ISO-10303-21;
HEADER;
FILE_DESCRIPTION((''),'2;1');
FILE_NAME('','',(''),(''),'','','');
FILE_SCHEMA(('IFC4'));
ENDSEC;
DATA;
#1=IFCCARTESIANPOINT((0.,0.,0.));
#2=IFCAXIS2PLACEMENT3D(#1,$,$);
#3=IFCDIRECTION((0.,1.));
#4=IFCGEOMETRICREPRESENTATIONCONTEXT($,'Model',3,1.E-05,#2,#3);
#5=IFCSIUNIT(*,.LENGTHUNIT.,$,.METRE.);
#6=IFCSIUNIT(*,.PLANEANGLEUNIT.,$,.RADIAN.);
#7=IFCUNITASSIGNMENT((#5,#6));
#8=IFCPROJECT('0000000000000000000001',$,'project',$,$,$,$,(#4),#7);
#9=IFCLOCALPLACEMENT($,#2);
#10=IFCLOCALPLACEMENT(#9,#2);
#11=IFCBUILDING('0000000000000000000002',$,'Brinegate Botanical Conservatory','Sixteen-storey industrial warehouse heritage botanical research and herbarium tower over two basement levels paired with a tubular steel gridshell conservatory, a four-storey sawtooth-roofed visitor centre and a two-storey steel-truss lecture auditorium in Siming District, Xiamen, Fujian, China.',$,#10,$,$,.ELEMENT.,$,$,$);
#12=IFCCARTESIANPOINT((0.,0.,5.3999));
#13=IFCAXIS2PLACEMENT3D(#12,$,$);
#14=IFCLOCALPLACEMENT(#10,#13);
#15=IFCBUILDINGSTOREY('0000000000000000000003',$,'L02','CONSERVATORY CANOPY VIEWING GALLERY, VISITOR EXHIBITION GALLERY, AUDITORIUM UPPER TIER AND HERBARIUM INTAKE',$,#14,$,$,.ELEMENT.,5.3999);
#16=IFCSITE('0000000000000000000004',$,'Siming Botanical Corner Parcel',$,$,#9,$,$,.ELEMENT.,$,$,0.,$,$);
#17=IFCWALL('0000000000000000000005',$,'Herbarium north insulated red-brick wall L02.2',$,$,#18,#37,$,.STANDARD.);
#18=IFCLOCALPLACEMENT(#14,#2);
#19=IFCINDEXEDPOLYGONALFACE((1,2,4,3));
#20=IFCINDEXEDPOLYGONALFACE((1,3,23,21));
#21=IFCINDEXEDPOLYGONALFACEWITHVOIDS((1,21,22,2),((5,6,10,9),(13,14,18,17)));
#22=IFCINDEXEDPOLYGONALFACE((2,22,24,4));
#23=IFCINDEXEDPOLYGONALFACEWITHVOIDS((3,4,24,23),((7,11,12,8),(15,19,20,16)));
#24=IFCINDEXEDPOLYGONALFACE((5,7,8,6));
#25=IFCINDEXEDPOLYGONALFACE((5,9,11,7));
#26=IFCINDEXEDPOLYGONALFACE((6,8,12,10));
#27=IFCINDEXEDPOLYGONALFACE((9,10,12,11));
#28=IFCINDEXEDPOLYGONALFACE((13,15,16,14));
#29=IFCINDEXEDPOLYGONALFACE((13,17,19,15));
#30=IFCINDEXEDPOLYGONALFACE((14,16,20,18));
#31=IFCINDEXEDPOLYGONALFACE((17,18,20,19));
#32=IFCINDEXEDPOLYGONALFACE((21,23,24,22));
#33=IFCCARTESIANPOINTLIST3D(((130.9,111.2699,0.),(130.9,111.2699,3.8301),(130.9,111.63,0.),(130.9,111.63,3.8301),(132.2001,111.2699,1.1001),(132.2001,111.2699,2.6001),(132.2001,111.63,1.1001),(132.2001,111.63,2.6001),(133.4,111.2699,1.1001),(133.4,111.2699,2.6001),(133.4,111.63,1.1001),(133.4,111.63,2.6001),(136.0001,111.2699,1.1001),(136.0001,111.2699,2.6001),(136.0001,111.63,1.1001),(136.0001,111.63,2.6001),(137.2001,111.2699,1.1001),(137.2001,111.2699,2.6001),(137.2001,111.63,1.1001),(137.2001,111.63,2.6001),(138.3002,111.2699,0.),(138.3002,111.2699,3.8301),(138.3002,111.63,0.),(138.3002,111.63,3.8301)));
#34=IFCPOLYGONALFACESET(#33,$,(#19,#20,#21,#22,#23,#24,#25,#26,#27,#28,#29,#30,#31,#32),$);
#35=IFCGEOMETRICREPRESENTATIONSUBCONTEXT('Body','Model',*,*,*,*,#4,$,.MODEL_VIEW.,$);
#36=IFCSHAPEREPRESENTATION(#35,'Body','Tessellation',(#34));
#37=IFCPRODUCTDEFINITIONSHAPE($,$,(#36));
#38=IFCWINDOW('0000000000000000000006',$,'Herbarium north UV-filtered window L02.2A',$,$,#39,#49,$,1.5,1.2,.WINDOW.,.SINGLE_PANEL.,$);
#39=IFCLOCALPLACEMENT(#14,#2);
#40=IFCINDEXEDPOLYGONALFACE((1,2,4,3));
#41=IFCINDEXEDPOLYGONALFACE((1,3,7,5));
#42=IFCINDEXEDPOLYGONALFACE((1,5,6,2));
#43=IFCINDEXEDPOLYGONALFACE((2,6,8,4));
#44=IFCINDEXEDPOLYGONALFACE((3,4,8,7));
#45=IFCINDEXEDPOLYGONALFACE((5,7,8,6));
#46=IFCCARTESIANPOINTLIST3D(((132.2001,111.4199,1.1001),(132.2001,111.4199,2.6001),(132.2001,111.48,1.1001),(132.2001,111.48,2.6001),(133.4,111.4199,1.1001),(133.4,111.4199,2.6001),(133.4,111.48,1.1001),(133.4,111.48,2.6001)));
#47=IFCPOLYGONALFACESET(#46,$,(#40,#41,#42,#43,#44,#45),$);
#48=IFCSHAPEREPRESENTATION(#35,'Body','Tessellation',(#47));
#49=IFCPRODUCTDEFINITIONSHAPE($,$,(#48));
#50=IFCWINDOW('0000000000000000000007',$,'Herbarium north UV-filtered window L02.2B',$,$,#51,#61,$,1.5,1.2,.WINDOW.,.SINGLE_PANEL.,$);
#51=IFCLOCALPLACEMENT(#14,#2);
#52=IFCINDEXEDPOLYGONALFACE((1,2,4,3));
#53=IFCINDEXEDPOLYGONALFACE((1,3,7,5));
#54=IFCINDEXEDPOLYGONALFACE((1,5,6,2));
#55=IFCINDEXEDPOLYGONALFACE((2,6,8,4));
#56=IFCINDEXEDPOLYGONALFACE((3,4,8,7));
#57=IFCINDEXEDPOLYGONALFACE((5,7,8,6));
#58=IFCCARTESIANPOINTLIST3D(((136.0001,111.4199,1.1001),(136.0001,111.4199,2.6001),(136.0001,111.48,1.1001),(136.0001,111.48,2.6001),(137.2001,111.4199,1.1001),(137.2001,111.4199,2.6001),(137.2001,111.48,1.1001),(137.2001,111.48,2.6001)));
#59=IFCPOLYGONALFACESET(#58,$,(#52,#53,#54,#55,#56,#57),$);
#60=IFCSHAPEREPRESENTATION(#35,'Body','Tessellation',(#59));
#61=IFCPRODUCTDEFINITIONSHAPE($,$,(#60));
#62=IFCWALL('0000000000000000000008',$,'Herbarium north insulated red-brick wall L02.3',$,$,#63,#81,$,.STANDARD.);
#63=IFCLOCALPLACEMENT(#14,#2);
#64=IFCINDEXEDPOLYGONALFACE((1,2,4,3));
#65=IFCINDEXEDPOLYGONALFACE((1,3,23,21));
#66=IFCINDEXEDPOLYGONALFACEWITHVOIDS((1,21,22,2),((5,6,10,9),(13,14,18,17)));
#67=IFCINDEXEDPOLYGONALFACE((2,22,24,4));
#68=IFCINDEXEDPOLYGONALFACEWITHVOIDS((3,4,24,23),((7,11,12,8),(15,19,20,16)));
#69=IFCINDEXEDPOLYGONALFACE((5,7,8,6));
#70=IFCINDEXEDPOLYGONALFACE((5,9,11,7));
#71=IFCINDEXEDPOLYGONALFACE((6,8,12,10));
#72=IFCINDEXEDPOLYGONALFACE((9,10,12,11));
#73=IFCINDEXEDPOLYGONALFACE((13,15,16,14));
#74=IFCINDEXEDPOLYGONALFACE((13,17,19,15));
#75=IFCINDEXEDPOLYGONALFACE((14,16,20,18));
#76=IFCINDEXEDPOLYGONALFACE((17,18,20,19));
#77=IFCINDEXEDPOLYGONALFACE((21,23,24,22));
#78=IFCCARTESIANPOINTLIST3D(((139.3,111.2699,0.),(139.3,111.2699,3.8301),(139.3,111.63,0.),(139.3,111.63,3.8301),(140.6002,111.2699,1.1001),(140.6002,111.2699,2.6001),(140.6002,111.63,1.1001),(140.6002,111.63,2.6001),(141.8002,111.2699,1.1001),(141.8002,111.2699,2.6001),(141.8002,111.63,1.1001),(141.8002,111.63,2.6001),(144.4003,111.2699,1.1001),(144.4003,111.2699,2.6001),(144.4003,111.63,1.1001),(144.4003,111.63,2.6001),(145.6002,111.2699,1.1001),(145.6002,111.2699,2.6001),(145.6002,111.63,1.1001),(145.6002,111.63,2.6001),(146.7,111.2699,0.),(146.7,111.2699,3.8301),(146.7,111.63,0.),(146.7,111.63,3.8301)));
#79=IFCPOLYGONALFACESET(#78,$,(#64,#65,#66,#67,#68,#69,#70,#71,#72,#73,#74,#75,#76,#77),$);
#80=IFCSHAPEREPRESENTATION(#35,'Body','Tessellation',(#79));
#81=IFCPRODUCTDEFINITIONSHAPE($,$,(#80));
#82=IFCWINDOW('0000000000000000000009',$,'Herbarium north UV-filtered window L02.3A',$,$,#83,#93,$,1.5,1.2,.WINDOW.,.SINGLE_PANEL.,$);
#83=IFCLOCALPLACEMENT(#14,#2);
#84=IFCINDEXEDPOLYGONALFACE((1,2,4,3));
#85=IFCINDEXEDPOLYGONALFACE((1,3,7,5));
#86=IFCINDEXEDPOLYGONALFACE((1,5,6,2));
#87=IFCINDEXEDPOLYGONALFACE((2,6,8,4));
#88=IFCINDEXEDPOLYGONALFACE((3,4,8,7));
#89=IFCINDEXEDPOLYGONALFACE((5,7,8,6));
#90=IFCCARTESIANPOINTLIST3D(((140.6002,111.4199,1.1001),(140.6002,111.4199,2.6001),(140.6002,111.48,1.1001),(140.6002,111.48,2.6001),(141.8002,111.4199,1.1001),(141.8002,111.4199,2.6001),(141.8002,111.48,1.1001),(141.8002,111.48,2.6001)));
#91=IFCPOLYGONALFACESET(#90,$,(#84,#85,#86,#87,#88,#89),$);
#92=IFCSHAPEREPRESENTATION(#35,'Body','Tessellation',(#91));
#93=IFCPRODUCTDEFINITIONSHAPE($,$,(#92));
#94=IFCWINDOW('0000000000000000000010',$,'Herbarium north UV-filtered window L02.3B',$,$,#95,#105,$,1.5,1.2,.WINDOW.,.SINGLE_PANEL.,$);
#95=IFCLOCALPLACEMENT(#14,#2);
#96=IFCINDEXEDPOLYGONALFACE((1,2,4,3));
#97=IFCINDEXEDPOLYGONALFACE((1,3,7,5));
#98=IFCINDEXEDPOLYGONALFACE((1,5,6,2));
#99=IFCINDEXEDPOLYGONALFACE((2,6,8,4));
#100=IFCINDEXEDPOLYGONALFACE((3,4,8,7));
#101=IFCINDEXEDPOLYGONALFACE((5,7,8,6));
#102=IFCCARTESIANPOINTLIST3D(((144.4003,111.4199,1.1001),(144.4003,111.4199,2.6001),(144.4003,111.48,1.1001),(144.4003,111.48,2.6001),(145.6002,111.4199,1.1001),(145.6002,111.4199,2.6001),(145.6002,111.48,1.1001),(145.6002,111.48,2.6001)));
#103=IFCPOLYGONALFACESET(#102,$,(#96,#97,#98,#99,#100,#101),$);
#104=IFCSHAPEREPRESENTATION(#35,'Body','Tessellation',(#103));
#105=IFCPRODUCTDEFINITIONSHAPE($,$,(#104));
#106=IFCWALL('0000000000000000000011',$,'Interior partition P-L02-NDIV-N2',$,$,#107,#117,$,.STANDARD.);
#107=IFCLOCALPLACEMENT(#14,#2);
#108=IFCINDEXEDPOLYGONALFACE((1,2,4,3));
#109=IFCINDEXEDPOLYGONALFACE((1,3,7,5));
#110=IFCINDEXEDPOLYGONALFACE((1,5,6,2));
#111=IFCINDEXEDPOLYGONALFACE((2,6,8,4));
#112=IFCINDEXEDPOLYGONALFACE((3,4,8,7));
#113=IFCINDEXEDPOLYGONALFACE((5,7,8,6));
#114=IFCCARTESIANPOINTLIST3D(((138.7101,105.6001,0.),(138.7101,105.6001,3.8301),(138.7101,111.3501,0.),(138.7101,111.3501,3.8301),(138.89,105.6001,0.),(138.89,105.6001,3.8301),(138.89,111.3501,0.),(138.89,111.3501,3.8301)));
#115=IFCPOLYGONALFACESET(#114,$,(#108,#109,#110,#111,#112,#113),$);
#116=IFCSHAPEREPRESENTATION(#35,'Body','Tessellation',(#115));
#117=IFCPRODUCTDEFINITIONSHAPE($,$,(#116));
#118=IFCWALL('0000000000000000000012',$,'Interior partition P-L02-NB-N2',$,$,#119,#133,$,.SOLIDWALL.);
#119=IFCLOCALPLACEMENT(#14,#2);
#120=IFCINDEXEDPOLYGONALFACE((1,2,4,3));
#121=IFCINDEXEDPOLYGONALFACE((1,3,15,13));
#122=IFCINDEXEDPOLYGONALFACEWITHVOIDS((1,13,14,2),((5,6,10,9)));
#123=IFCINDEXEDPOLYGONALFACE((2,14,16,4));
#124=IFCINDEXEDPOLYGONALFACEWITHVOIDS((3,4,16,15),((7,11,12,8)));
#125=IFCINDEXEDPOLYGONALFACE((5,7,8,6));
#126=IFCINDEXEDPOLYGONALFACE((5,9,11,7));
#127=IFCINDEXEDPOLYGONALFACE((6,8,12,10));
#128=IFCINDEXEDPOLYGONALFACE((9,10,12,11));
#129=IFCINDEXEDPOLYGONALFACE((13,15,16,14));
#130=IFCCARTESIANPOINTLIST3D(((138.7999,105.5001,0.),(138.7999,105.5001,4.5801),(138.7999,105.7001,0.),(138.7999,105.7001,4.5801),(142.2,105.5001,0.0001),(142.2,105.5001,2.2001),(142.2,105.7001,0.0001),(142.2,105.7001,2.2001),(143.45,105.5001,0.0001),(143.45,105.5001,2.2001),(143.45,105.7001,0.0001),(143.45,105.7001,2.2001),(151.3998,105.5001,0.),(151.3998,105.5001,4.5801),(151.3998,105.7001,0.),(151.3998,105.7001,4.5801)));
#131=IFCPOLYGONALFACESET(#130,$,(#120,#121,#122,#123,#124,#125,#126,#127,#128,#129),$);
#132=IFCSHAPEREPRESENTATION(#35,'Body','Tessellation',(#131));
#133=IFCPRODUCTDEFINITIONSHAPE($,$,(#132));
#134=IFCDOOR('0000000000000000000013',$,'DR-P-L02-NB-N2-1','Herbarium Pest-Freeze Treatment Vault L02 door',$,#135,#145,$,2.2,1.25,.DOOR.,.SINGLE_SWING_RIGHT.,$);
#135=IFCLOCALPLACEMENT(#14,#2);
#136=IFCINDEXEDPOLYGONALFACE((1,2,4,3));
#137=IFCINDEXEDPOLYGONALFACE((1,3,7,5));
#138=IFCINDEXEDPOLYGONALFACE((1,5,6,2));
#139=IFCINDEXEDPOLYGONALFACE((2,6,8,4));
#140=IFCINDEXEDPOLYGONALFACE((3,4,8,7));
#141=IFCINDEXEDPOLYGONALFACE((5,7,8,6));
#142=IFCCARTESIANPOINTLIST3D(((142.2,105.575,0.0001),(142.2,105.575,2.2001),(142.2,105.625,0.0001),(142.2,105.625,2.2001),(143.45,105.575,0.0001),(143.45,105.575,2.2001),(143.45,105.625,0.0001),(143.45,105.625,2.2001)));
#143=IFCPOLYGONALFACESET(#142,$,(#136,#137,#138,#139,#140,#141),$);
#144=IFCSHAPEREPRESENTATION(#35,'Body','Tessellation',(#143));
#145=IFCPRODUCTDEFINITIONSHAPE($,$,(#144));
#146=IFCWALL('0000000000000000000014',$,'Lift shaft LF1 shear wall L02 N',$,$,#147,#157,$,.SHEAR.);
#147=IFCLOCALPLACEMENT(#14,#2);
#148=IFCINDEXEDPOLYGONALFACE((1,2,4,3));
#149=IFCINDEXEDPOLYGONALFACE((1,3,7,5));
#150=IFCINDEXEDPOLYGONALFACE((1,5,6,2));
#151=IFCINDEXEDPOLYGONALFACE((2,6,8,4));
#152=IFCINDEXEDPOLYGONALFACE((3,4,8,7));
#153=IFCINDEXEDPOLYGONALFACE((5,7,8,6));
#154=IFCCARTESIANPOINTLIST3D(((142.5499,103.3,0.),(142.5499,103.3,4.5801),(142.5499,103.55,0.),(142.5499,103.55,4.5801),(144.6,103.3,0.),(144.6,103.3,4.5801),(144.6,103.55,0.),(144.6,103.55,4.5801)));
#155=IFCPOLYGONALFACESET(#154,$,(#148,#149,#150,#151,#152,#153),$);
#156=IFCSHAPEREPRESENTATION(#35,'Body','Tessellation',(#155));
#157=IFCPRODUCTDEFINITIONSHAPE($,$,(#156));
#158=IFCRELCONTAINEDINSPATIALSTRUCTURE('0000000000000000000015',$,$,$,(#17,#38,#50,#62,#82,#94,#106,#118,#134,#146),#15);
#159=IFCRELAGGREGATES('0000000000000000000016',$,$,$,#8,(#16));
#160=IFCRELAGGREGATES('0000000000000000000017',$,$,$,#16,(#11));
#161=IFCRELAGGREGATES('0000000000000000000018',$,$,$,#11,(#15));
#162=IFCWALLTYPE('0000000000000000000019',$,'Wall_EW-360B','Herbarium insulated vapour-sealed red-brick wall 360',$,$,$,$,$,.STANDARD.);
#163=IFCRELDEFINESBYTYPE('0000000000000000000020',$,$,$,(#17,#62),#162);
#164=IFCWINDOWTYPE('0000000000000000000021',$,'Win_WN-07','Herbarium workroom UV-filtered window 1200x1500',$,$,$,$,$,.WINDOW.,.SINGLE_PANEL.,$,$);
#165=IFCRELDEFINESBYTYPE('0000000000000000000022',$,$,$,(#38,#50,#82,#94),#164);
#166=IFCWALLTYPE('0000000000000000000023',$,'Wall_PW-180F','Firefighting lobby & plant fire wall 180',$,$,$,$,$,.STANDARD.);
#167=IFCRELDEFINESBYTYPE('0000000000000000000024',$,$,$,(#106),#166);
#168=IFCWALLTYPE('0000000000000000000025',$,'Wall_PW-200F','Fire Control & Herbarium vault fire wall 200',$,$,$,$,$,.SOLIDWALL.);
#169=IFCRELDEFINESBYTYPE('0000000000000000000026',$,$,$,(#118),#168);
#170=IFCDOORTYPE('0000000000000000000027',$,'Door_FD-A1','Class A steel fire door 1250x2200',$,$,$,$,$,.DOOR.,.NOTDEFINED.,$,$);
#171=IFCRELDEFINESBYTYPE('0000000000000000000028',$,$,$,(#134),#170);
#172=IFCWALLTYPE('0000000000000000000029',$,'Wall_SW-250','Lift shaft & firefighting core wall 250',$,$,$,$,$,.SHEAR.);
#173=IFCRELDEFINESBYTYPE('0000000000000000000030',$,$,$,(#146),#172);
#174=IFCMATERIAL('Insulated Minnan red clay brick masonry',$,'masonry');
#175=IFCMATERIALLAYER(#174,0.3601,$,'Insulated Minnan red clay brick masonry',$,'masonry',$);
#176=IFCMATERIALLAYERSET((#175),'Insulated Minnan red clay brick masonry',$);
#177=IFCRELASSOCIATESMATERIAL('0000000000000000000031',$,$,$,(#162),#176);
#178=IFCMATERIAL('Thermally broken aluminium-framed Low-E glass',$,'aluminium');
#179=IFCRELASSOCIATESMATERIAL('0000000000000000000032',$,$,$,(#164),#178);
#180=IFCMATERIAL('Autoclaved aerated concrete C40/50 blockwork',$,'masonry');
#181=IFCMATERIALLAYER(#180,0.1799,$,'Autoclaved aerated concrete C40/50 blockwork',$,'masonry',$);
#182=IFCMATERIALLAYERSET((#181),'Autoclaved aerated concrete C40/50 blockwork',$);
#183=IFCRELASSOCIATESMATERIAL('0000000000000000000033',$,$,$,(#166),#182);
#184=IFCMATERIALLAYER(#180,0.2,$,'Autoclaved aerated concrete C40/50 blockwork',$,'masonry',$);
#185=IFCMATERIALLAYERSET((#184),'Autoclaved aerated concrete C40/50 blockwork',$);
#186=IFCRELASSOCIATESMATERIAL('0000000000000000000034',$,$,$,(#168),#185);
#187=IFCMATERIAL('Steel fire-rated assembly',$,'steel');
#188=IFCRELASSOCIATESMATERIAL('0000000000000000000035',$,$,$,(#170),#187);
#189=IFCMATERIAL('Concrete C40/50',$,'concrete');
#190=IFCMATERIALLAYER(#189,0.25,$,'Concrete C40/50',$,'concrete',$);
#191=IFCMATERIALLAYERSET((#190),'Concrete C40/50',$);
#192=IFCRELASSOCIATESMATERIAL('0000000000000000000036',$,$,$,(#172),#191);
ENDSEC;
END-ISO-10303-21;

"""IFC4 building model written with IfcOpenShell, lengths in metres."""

from ifc_helpers import new_model, si_unit, direction, frame, frame_2d, origin, place, context, subcontext, project, spatial, rectangle, extrude, material, layer, layer_set, type_object, element, fill, save


model = new_model("IFC4")

# Units and contexts
model_context = context("Model", 3, precision=1e-05, world=origin(), true_north=direction((0.0, 1.0)))
body_context = subcontext(model_context, "Body", "Model", "MODEL_VIEW")
ifc_project = project(units=[si_unit("LENGTHUNIT", "METRE"), si_unit("PLANEANGLEUNIT", "RADIAN")], contexts=[model_context])

# Site, building, storey
site_placement = place(None, origin())
site = spatial("IfcSite", under=ifc_project, at=site_placement, Name="Siming Botanical Corner Parcel", CompositionType="ELEMENT", RefElevation=0.0)
building_placement = place(site_placement, origin())
building = spatial("IfcBuilding", under=site, at=building_placement, Name="Brinegate Botanical Conservatory", Description="Sixteen-storey industrial warehouse heritage botanical research and herbarium tower over two basement levels paired with a tubular steel gridshell conservatory, a four-storey sawtooth-roofed visitor centre and a two-storey steel-truss lecture auditorium in Siming District, Xiamen, Fujian, China.", CompositionType="ELEMENT")
storey_placement = place(building_placement, frame((0.0, 0.0, 5.3999)))
storey = spatial("IfcBuildingStorey", under=building, at=storey_placement, Name="L02", Description="CONSERVATORY CANOPY VIEWING GALLERY, VISITOR EXHIBITION GALLERY, AUDITORIUM UPPER TIER AND HERBARIUM INTAKE", CompositionType="ELEMENT", Elevation=5.3999)

# Shared definitions
ifc_material_1 = material(Name="Concrete C40/50", Category="concrete")

# Walls, openings, windows
ifc_material_2 = material(Name="Insulated Minnan red clay brick masonry", Category="masonry")
ifc_layer_1 = layer(ifc_material_2, 0.3601, Name="Insulated Minnan red clay brick masonry", Category="masonry")
ifc_layer_set_1 = layer_set([ifc_layer_1], Name="Insulated Minnan red clay brick masonry")
wall_type_1 = type_object("IfcWallType", Name="Wall_EW-360B", Description="Herbarium insulated vapour-sealed red-brick wall 360", PredefinedType="STANDARD", material=ifc_layer_set_1)
wall_1_placement = place(storey_placement, frame((130.8999, 111.45, 0.0), z_axis=(0.0, 0.0, 1.0), x_axis=(1.0, 0.0, 0.0)))
wall_1 = element("IfcWall", 1, at=wall_1_placement, inside=storey, type_object=wall_type_1, Name="Herbarium north insulated red-brick wall L02.2", PredefinedType="STANDARD", context=body_context, shape_type="SweptSolid", body=[
    extrude(rectangle(XDim=7.4001, YDim=0.3601, at=frame_2d((3.7002, 0.0))), origin(), (0.0, 0.0, 1.0), 3.8301),
])
opening_1_placement = place(wall_1_placement, frame((1.3, 0.0, 1.1001)))
opening_1 = element("IfcOpeningElement", 2, at=opening_1_placement, cuts=wall_1, PredefinedType="OPENING", context=body_context, shape_type="SweptSolid", body=[
    extrude(rectangle(XDim=1.2, YDim=1.5, at=frame_2d((0.6001, 0.75))), frame((0.0, 0.1899, 0.0), z_axis=(0.0, -1.0, 0.0), x_axis=(1.0, 0.0, 0.0)), (0.0, 0.0, 1.0), 0.3801),
])
opening_2_placement = place(wall_1_placement, frame((5.1001, 0.0, 1.1001)))
opening_2 = element("IfcOpeningElement", 3, at=opening_2_placement, cuts=wall_1, PredefinedType="OPENING", context=body_context, shape_type="SweptSolid", body=[
    extrude(rectangle(XDim=1.2, YDim=1.5, at=frame_2d((0.6001, 0.75))), frame((0.0, 0.1899, 0.0), z_axis=(0.0, -1.0, 0.0), x_axis=(1.0, 0.0, 0.0)), (0.0, 0.0, 1.0), 0.3801),
])
ifc_material_3 = material(Name="Thermally broken aluminium-framed Low-E glass", Category="aluminium")
window_type = type_object("IfcWindowType", Name="Win_WN-07", Description="Herbarium workroom UV-filtered window 1200x1500", PartitioningType="SINGLE_PANEL", PredefinedType="WINDOW", material=ifc_material_3)
window_1_placement = place(opening_1_placement, origin())
window_1 = element("IfcWindow", 4, at=window_1_placement, inside=storey, type_object=window_type, Name="Herbarium north UV-filtered window L02.2A", OverallHeight=1.5, OverallWidth=1.2, PartitioningType="SINGLE_PANEL", PredefinedType="WINDOW", context=body_context, shape_type="SweptSolid", body=[
    extrude(rectangle(XDim=1.2, YDim=1.5, at=frame_2d((0.6001, 0.75))), frame((0.0, 0.03, 0.0), z_axis=(0.0, -1.0, 0.0), x_axis=(1.0, 0.0, 0.0)), (0.0, 0.0, 1.0), 0.0601),
])
fill(opening_1, window_1)
window_2_placement = place(opening_2_placement, origin())
window_2 = element("IfcWindow", 5, at=window_2_placement, inside=storey, type_object=window_type, Name="Herbarium north UV-filtered window L02.2B", OverallHeight=1.5, OverallWidth=1.2, PartitioningType="SINGLE_PANEL", PredefinedType="WINDOW", context=body_context, shape_type="SweptSolid", body=[
    extrude(rectangle(XDim=1.2, YDim=1.5, at=frame_2d((0.6001, 0.75))), frame((0.0, 0.03, 0.0), z_axis=(0.0, -1.0, 0.0), x_axis=(1.0, 0.0, 0.0)), (0.0, 0.0, 1.0), 0.0601),
])
fill(opening_2, window_2)
wall_2_placement = place(storey_placement, frame((139.3, 111.45, 0.0), z_axis=(0.0, 0.0, 1.0), x_axis=(1.0, 0.0, 0.0)))
wall_2 = element("IfcWall", 6, at=wall_2_placement, inside=storey, type_object=wall_type_1, Name="Herbarium north insulated red-brick wall L02.3", PredefinedType="STANDARD", context=body_context, shape_type="SweptSolid", body=[
    extrude(rectangle(XDim=7.3999, YDim=0.3601, at=frame_2d((3.7, 0.0))), origin(), (0.0, 0.0, 1.0), 3.8301),
])
opening_3_placement = place(wall_2_placement, frame((1.3, 0.0, 1.1001)))
opening_3 = element("IfcOpeningElement", 7, at=opening_3_placement, cuts=wall_2, PredefinedType="OPENING", context=body_context, shape_type="SweptSolid", body=[
    extrude(rectangle(XDim=1.2, YDim=1.5, at=frame_2d((0.6001, 0.75))), frame((0.0, 0.1899, 0.0), z_axis=(0.0, -1.0, 0.0), x_axis=(1.0, 0.0, 0.0)), (0.0, 0.0, 1.0), 0.3801),
])
opening_4_placement = place(wall_2_placement, frame((5.1001, 0.0, 1.1001)))
opening_4 = element("IfcOpeningElement", 8, at=opening_4_placement, cuts=wall_2, PredefinedType="OPENING", context=body_context, shape_type="SweptSolid", body=[
    extrude(rectangle(XDim=1.2, YDim=1.5, at=frame_2d((0.6001, 0.75))), frame((0.0, 0.1899, 0.0), z_axis=(0.0, -1.0, 0.0), x_axis=(1.0, 0.0, 0.0)), (0.0, 0.0, 1.0), 0.3801),
])
window_3_placement = place(opening_3_placement, origin())
window_3 = element("IfcWindow", 9, at=window_3_placement, inside=storey, type_object=window_type, Name="Herbarium north UV-filtered window L02.3A", OverallHeight=1.5, OverallWidth=1.2, PartitioningType="SINGLE_PANEL", PredefinedType="WINDOW", context=body_context, shape_type="SweptSolid", body=[
    extrude(rectangle(XDim=1.2, YDim=1.5, at=frame_2d((0.6001, 0.75))), frame((0.0, 0.03, 0.0), z_axis=(0.0, -1.0, 0.0), x_axis=(1.0, 0.0, 0.0)), (0.0, 0.0, 1.0), 0.0601),
])
fill(opening_3, window_3)
window_4_placement = place(opening_4_placement, origin())
window_4 = element("IfcWindow", 10, at=window_4_placement, inside=storey, type_object=window_type, Name="Herbarium north UV-filtered window L02.3B", OverallHeight=1.5, OverallWidth=1.2, PartitioningType="SINGLE_PANEL", PredefinedType="WINDOW", context=body_context, shape_type="SweptSolid", body=[
    extrude(rectangle(XDim=1.2, YDim=1.5, at=frame_2d((0.6001, 0.75))), frame((0.0, 0.03, 0.0), z_axis=(0.0, -1.0, 0.0), x_axis=(1.0, 0.0, 0.0)), (0.0, 0.0, 1.0), 0.0601),
])
fill(opening_4, window_4)

# Wall
ifc_material_4 = material(Name="Autoclaved aerated concrete C40/50 blockwork", Category="masonry")
ifc_layer_2 = layer(ifc_material_4, 0.1799, Name="Autoclaved aerated concrete C40/50 blockwork", Category="masonry")
ifc_layer_set_2 = layer_set([ifc_layer_2], Name="Autoclaved aerated concrete C40/50 blockwork")
wall_type_2 = type_object("IfcWallType", Name="Wall_PW-180F", Description="Firefighting lobby & plant fire wall 180", PredefinedType="STANDARD", material=ifc_layer_set_2)
wall_3_placement = place(storey_placement, frame((138.8, 105.6001, 0.0), z_axis=(0.0, 0.0, 1.0), x_axis=(0.0, 1.0, 0.0)))
element("IfcWall", 11, at=wall_3_placement, inside=storey, type_object=wall_type_2, Name="Interior partition P-L02-NDIV-N2", PredefinedType="STANDARD", context=body_context, shape_type="SweptSolid", body=[
    extrude(rectangle(XDim=5.75, YDim=0.1799, at=frame_2d((2.875, 0.0))), origin(), (0.0, 0.0, 1.0), 3.8301),
])

# Wall, opening, door
ifc_layer_3 = layer(ifc_material_4, 0.2, Name="Autoclaved aerated concrete C40/50 blockwork", Category="masonry")
ifc_layer_set_3 = layer_set([ifc_layer_3], Name="Autoclaved aerated concrete C40/50 blockwork")
wall_type_3 = type_object("IfcWallType", Name="Wall_PW-200F", Description="Fire Control & Herbarium vault fire wall 200", PredefinedType="SOLIDWALL", material=ifc_layer_set_3)
wall_4_placement = place(storey_placement, frame((138.8, 105.6001, 0.0), z_axis=(0.0, 0.0, 1.0), x_axis=(1.0, 0.0, 0.0)))
wall_4 = element("IfcWall", 12, at=wall_4_placement, inside=storey, type_object=wall_type_3, Name="Interior partition P-L02-NB-N2", PredefinedType="SOLIDWALL", context=body_context, shape_type="SweptSolid", body=[
    extrude(rectangle(XDim=12.5999, YDim=0.2, at=frame_2d((6.2998, 0.0))), origin(), (0.0, 0.0, 1.0), 4.5801),
])
opening_5_placement = place(wall_4_placement, frame((3.3999, 0.0, 0.0)))
opening_5 = element("IfcOpeningElement", 13, at=opening_5_placement, cuts=wall_4, PredefinedType="OPENING", context=body_context, shape_type="SweptSolid", body=[
    extrude(rectangle(XDim=1.25, YDim=2.2, at=frame_2d((0.625, 1.1001))), frame((0.0, 0.1099, 0.0), z_axis=(0.0, -1.0, 0.0), x_axis=(1.0, 0.0, 0.0)), (0.0, 0.0, 1.0), 0.22),
])
ifc_material_5 = material(Name="Steel fire-rated assembly", Category="steel")
door_type = type_object("IfcDoorType", Name="Door_FD-A1", Description="Class A steel fire door 1250x2200", OperationType="NOTDEFINED", PredefinedType="DOOR", material=ifc_material_5)
door_placement = place(opening_5_placement, origin())
door = element("IfcDoor", 14, at=door_placement, inside=storey, type_object=door_type, Name="DR-P-L02-NB-N2-1", Description="Herbarium Pest-Freeze Treatment Vault L02 door", OperationType="SINGLE_SWING_RIGHT", OverallHeight=2.2, OverallWidth=1.25, PredefinedType="DOOR", context=body_context, shape_type="SweptSolid", body=[
    extrude(rectangle(XDim=1.25, YDim=2.2, at=frame_2d((0.625, 1.1001))), frame((0.0, 0.0249, 0.0), z_axis=(0.0, -1.0, 0.0), x_axis=(1.0, 0.0, 0.0)), (0.0, 0.0, 1.0), 0.05),
])
fill(opening_5, door)

# Wall
ifc_layer_4 = layer(ifc_material_1, 0.25, Name="Concrete C40/50", Category="concrete")
ifc_layer_set_4 = layer_set([ifc_layer_4], Name="Concrete C40/50")
wall_type_4 = type_object("IfcWallType", Name="Wall_SW-250", Description="Lift shaft & firefighting core wall 250", PredefinedType="SHEAR", material=ifc_layer_set_4)
wall_5_placement = place(storey_placement, frame((142.55, 103.425, 0.0), z_axis=(0.0, 0.0, 1.0), x_axis=(1.0, 0.0, 0.0)))
element("IfcWall", 15, at=wall_5_placement, inside=storey, type_object=wall_type_4, Name="Lift shaft LF1 shear wall L02 N", PredefinedType="SHEAR", context=body_context, shape_type="SweptSolid", body=[
    extrude(rectangle(XDim=2.05, YDim=0.25, at=frame_2d((1.0249, 0.0))), origin(), (0.0, 0.0, 1.0), 4.5801),
])

save(model, "model.ifc")
